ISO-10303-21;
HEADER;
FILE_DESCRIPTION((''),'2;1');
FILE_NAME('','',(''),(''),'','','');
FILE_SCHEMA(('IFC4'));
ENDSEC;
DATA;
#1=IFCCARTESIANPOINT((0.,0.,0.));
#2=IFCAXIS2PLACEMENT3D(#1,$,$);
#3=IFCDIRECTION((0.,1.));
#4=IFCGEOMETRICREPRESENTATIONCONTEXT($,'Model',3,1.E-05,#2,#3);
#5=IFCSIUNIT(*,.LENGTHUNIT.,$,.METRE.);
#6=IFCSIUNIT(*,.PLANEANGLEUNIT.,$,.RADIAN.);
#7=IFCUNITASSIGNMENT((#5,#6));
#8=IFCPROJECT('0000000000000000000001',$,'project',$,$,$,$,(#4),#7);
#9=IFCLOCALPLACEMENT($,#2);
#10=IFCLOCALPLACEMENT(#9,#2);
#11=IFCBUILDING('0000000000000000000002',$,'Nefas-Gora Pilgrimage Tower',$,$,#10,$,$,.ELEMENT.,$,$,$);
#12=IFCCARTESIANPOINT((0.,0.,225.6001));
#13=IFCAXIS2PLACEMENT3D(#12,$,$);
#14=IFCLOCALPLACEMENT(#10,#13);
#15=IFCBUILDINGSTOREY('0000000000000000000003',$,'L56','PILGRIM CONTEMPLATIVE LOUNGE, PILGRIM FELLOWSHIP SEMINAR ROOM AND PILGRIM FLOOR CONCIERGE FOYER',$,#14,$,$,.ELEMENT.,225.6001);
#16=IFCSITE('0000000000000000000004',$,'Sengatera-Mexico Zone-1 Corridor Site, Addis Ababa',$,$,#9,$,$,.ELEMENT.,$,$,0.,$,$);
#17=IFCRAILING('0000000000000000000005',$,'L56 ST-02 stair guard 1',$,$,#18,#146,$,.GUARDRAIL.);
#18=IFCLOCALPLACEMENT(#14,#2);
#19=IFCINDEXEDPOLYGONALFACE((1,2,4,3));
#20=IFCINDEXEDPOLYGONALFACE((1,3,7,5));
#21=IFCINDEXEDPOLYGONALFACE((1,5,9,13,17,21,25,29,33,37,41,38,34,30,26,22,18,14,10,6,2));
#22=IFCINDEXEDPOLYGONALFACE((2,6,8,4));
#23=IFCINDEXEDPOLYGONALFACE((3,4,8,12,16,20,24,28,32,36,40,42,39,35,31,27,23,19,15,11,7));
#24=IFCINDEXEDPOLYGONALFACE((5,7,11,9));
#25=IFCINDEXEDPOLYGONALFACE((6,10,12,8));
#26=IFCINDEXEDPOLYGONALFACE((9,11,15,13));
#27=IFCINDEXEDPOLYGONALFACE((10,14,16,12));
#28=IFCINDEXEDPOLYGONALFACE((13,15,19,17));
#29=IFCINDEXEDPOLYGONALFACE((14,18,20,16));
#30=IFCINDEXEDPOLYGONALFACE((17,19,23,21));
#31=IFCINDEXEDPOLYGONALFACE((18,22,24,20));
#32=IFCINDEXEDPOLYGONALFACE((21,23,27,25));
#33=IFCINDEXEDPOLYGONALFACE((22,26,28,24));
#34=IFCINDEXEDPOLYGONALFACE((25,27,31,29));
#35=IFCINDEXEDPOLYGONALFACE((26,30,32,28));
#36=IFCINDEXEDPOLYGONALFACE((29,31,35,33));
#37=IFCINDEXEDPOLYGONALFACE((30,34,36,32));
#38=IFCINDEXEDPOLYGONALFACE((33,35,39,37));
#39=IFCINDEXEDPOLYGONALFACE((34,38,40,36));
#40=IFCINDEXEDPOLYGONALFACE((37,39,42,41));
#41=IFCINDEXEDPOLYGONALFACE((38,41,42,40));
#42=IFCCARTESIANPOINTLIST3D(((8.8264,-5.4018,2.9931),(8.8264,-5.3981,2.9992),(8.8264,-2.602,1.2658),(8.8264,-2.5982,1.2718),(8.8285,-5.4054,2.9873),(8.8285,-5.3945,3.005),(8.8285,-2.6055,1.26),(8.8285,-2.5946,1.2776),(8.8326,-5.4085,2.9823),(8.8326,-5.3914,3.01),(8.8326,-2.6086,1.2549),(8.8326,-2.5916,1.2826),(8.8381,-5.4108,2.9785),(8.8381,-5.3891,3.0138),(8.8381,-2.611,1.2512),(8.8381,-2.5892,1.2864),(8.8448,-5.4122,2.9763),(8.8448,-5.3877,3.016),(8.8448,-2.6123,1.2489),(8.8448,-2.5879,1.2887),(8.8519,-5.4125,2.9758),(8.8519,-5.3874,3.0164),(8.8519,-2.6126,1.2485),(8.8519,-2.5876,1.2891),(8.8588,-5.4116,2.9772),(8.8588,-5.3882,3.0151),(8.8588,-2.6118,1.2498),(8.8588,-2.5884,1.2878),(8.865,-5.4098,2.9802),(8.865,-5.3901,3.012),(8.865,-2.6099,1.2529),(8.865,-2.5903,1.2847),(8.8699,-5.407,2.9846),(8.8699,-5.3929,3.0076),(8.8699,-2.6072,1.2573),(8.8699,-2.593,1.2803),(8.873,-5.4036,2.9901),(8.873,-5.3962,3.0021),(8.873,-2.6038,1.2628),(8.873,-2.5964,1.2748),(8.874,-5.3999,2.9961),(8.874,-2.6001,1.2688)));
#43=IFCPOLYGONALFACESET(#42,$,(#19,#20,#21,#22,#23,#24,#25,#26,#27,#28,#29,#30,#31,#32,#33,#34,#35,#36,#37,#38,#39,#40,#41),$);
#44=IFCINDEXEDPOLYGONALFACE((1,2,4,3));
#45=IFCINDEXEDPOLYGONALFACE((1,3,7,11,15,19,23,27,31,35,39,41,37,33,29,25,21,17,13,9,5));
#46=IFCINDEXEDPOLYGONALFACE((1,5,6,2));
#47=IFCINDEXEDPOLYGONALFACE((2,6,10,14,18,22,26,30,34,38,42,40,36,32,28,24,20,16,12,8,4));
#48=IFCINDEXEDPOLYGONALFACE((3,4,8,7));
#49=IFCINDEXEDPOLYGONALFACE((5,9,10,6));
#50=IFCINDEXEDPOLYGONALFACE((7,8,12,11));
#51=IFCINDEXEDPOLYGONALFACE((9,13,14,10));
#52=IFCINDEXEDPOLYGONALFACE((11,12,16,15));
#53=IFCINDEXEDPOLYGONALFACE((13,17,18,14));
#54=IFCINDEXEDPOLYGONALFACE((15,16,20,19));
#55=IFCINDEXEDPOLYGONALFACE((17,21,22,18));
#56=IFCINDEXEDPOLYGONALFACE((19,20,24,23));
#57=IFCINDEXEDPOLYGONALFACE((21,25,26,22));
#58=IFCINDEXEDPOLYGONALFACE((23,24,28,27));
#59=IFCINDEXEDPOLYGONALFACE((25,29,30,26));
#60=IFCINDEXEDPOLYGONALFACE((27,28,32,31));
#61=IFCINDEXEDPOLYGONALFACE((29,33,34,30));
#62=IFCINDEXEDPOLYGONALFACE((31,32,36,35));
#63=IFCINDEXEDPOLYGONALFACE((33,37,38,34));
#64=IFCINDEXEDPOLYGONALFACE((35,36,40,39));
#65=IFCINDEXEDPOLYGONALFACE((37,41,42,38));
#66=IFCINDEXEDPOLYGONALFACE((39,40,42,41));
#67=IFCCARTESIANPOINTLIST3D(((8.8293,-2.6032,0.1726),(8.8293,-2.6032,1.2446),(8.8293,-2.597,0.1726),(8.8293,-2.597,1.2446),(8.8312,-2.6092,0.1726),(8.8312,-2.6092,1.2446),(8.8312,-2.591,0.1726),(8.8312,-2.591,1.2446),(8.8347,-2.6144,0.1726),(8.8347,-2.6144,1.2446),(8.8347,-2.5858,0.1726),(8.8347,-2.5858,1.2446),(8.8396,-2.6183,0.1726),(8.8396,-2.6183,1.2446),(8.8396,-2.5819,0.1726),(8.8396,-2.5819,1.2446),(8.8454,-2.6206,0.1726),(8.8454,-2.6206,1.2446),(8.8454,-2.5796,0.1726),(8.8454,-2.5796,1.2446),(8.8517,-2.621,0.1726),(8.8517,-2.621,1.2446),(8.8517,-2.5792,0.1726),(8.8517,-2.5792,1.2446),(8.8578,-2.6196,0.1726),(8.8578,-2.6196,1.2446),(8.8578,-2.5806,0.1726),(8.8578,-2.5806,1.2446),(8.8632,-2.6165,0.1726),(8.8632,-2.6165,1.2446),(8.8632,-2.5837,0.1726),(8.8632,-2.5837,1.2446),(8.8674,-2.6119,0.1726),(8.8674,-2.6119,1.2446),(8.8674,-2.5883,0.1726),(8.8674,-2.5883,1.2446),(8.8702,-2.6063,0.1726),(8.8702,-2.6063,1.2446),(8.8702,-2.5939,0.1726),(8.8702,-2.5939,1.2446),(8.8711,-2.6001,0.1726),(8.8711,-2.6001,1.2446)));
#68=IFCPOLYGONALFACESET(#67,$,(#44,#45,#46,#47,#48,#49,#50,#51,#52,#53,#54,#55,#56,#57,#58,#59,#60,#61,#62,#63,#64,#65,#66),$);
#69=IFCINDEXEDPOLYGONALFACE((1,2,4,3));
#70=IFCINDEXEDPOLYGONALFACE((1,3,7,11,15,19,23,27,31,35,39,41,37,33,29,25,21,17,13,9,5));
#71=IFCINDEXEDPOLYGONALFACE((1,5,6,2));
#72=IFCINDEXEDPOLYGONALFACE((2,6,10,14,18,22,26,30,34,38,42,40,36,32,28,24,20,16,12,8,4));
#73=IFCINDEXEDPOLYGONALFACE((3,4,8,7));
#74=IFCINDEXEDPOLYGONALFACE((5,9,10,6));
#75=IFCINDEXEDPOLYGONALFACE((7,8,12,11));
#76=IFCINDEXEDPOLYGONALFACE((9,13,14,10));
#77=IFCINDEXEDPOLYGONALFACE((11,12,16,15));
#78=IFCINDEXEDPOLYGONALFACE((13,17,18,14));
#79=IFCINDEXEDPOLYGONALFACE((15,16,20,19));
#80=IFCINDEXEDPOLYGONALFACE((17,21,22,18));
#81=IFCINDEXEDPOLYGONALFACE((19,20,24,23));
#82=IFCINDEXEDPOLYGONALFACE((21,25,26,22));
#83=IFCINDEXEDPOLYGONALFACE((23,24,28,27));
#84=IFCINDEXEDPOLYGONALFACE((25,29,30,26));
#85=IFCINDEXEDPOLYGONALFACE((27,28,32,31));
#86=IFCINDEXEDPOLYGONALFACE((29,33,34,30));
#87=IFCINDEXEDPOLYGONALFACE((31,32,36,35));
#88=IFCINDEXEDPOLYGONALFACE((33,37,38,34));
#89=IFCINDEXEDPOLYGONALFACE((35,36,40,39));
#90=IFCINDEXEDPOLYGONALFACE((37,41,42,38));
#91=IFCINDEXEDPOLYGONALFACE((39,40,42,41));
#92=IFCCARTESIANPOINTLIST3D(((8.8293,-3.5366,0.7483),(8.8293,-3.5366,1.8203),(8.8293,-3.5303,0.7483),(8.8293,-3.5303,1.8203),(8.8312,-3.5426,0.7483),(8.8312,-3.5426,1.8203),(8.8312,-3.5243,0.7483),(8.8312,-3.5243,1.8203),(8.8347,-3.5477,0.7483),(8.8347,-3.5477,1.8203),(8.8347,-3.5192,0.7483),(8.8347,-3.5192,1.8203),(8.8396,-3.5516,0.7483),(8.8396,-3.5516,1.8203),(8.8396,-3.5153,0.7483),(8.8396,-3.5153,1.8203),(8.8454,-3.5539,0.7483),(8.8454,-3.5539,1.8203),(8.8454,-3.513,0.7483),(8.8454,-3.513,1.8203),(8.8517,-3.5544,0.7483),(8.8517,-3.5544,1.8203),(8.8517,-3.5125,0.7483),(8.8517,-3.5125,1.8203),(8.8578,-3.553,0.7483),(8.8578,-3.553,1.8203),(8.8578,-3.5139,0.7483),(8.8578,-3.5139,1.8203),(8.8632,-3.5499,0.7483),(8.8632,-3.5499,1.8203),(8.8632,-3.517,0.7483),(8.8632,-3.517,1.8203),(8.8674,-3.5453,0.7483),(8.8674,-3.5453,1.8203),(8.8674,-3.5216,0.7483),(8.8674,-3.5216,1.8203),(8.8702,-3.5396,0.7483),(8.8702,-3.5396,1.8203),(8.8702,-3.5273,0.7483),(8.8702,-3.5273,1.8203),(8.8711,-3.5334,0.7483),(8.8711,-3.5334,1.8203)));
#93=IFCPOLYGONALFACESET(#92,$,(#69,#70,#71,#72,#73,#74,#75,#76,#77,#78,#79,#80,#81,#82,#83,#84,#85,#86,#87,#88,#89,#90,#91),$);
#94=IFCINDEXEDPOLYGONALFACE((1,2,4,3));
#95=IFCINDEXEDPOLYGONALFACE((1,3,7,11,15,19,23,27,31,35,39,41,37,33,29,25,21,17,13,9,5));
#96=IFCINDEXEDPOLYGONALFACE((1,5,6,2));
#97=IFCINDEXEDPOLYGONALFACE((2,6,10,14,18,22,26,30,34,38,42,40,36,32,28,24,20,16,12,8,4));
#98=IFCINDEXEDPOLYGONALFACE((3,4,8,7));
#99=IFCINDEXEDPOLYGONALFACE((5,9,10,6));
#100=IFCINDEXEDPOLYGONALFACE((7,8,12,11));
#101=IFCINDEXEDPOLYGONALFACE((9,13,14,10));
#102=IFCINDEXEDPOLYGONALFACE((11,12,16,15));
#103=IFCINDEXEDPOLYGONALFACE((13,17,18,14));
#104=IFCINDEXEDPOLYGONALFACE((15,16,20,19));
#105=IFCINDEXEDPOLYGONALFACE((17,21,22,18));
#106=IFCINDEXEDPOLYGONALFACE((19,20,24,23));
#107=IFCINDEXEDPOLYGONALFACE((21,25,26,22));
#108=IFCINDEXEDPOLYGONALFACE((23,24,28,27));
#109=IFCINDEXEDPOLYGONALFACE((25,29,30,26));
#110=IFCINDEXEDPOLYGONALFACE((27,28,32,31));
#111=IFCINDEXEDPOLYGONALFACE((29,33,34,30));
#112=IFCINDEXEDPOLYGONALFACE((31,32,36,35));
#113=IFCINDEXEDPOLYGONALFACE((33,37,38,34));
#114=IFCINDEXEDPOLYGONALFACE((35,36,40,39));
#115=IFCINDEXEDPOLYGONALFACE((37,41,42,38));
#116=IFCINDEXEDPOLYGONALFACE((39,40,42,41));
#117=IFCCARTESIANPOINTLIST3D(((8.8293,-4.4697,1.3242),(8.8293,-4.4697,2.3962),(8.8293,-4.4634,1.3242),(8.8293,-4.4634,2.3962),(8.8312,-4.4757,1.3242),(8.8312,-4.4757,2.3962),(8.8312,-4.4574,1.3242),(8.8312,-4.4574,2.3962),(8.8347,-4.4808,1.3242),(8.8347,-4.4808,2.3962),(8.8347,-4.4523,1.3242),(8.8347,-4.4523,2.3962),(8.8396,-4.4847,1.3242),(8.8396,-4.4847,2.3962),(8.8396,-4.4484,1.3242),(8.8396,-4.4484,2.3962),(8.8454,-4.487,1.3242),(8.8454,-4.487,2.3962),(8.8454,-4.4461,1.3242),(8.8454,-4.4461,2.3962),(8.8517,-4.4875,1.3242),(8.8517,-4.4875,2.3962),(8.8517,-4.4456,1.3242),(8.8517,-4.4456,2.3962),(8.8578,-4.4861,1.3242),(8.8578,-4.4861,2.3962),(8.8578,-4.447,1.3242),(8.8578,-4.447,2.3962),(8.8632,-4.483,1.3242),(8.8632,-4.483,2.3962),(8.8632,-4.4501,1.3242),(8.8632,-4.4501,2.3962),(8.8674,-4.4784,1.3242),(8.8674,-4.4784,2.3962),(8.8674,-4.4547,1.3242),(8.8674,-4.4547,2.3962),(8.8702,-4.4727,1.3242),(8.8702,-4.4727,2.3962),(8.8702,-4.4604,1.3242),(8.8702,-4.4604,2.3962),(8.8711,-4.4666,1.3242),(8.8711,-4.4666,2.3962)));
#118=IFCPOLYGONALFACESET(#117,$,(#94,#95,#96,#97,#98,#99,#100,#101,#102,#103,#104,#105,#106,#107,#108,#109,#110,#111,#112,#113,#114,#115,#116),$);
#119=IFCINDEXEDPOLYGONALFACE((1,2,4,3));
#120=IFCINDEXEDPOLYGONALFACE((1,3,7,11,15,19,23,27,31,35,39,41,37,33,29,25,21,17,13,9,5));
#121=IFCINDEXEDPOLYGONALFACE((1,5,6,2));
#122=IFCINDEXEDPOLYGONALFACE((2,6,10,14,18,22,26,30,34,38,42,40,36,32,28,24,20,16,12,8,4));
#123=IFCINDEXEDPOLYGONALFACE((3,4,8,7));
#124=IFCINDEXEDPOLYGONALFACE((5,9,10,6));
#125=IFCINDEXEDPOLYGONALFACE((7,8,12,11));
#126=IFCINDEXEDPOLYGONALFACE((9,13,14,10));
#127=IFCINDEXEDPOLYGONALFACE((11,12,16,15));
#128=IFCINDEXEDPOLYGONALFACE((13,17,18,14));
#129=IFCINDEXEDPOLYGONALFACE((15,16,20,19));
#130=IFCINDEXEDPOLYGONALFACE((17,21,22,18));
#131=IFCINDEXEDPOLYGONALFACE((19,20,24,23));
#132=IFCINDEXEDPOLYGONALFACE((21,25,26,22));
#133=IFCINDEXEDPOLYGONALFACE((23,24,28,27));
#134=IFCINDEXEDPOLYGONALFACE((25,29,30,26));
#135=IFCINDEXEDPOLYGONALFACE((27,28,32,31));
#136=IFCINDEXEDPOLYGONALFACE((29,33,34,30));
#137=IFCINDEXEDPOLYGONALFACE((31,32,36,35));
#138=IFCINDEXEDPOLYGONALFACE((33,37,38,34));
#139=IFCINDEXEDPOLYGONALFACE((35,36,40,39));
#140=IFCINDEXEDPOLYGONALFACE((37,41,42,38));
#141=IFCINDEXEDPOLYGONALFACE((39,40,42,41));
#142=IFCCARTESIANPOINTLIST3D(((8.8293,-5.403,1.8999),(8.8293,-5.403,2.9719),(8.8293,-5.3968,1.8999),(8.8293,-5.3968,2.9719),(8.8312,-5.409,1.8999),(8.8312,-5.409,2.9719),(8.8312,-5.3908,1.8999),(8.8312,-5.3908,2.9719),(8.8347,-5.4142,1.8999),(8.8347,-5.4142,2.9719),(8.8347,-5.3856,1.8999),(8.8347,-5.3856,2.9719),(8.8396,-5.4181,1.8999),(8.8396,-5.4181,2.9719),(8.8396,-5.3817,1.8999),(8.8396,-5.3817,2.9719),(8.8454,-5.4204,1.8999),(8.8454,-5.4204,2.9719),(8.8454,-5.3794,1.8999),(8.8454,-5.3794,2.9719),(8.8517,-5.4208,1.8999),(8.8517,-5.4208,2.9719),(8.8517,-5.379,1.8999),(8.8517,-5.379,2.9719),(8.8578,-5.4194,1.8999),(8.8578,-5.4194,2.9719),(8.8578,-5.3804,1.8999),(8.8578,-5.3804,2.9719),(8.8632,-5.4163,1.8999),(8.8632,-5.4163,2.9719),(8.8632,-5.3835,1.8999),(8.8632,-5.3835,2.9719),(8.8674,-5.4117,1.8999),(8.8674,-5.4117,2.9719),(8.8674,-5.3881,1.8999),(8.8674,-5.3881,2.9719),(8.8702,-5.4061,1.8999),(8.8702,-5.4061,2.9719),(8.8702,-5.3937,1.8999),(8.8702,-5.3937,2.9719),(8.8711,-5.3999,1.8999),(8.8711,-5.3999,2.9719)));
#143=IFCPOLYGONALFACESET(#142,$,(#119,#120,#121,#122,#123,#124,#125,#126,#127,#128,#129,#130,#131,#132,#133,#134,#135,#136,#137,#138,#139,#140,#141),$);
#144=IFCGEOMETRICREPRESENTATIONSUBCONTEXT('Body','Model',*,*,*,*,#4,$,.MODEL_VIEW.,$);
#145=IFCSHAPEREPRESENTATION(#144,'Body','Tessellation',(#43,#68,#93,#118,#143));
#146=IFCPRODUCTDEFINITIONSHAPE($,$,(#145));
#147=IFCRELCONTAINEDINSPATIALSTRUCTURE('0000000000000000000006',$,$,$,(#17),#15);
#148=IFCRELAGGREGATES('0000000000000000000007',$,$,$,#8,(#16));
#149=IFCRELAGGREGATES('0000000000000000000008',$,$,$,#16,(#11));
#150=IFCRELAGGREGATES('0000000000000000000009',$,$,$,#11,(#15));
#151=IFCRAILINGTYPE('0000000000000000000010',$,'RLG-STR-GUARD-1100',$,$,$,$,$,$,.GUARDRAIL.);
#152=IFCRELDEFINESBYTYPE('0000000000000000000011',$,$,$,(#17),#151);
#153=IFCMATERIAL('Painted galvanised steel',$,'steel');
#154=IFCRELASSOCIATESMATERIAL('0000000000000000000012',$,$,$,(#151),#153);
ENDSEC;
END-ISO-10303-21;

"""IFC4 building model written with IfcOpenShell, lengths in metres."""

from ifc_helpers import new_model, si_unit, direction, frame, origin, origin_2d, place, context, subcontext, project, spatial, circle, extrude, material, type_object, element, save


model = new_model("IFC4")

# Units and contexts
model_context = context("Model", 3, precision=1e-05, world=origin(), true_north=direction((0.0, 1.0)))
body_context = subcontext(model_context, "Body", "Model", "MODEL_VIEW")
ifc_project = project(units=[si_unit("LENGTHUNIT", "METRE"), si_unit("PLANEANGLEUNIT", "RADIAN")], contexts=[model_context])

# Site, building, storey
site_placement = place(None, origin())
site = spatial("IfcSite", under=ifc_project, at=site_placement, Name="Sengatera-Mexico Zone-1 Corridor Site, Addis Ababa", CompositionType="ELEMENT", RefElevation=0.0)
building_placement = place(site_placement, origin())
building = spatial("IfcBuilding", under=site, at=building_placement, Name="Nefas-Gora Pilgrimage Tower", CompositionType="ELEMENT")
storey_placement = place(building_placement, frame((0.0, 0.0, 225.6001)))
storey = spatial("IfcBuildingStorey", under=building, at=storey_placement, Name="L56", Description="PILGRIM CONTEMPLATIVE LOUNGE, PILGRIM FELLOWSHIP SEMINAR ROOM AND PILGRIM FLOOR CONCIERGE FOYER", CompositionType="ELEMENT", Elevation=225.6001)

# Railing
ifc_material_1 = material(Name="Painted galvanised steel", Category="steel")
railing_type_1 = type_object("IfcRailingType", Name="RLG-STR-GUARD-1100", PredefinedType="GUARDRAIL", material=ifc_material_1)
railing_1_placement = place(storey_placement, frame((8.8501, -2.6001, 0.1726)))
element("IfcRailing", 1, at=railing_1_placement, inside=storey, type_object=railing_type_1, Name="L56 ST-02 stair guard 1", PredefinedType="GUARDRAIL", context=body_context, shape_type="SweptSolid", body=[
    extrude(circle(Radius=0.0239, at=origin_2d()), frame((0.0, 0.0, 1.0962), z_axis=(0.0, -0.851069, 0.525054), x_axis=(1.0, 0.0, 0.0)), (0.0, 0.0, 1.0), 3.2898),
    extrude(circle(Radius=0.021, at=origin_2d()), origin(), (0.0, 0.0, 1.0), 1.072),
    extrude(circle(Radius=0.021, at=origin_2d()), frame((0.0, -0.9333, 0.5757)), (0.0, 0.0, 1.0), 1.072),
    extrude(circle(Radius=0.021, at=origin_2d()), frame((0.0, -1.8665, 1.1516)), (0.0, 0.0, 1.0), 1.072),
    extrude(circle(Radius=0.021, at=origin_2d()), frame((0.0, -2.7998, 1.7273)), (0.0, 0.0, 1.0), 1.072),
])

save(model, "model.ifc")
